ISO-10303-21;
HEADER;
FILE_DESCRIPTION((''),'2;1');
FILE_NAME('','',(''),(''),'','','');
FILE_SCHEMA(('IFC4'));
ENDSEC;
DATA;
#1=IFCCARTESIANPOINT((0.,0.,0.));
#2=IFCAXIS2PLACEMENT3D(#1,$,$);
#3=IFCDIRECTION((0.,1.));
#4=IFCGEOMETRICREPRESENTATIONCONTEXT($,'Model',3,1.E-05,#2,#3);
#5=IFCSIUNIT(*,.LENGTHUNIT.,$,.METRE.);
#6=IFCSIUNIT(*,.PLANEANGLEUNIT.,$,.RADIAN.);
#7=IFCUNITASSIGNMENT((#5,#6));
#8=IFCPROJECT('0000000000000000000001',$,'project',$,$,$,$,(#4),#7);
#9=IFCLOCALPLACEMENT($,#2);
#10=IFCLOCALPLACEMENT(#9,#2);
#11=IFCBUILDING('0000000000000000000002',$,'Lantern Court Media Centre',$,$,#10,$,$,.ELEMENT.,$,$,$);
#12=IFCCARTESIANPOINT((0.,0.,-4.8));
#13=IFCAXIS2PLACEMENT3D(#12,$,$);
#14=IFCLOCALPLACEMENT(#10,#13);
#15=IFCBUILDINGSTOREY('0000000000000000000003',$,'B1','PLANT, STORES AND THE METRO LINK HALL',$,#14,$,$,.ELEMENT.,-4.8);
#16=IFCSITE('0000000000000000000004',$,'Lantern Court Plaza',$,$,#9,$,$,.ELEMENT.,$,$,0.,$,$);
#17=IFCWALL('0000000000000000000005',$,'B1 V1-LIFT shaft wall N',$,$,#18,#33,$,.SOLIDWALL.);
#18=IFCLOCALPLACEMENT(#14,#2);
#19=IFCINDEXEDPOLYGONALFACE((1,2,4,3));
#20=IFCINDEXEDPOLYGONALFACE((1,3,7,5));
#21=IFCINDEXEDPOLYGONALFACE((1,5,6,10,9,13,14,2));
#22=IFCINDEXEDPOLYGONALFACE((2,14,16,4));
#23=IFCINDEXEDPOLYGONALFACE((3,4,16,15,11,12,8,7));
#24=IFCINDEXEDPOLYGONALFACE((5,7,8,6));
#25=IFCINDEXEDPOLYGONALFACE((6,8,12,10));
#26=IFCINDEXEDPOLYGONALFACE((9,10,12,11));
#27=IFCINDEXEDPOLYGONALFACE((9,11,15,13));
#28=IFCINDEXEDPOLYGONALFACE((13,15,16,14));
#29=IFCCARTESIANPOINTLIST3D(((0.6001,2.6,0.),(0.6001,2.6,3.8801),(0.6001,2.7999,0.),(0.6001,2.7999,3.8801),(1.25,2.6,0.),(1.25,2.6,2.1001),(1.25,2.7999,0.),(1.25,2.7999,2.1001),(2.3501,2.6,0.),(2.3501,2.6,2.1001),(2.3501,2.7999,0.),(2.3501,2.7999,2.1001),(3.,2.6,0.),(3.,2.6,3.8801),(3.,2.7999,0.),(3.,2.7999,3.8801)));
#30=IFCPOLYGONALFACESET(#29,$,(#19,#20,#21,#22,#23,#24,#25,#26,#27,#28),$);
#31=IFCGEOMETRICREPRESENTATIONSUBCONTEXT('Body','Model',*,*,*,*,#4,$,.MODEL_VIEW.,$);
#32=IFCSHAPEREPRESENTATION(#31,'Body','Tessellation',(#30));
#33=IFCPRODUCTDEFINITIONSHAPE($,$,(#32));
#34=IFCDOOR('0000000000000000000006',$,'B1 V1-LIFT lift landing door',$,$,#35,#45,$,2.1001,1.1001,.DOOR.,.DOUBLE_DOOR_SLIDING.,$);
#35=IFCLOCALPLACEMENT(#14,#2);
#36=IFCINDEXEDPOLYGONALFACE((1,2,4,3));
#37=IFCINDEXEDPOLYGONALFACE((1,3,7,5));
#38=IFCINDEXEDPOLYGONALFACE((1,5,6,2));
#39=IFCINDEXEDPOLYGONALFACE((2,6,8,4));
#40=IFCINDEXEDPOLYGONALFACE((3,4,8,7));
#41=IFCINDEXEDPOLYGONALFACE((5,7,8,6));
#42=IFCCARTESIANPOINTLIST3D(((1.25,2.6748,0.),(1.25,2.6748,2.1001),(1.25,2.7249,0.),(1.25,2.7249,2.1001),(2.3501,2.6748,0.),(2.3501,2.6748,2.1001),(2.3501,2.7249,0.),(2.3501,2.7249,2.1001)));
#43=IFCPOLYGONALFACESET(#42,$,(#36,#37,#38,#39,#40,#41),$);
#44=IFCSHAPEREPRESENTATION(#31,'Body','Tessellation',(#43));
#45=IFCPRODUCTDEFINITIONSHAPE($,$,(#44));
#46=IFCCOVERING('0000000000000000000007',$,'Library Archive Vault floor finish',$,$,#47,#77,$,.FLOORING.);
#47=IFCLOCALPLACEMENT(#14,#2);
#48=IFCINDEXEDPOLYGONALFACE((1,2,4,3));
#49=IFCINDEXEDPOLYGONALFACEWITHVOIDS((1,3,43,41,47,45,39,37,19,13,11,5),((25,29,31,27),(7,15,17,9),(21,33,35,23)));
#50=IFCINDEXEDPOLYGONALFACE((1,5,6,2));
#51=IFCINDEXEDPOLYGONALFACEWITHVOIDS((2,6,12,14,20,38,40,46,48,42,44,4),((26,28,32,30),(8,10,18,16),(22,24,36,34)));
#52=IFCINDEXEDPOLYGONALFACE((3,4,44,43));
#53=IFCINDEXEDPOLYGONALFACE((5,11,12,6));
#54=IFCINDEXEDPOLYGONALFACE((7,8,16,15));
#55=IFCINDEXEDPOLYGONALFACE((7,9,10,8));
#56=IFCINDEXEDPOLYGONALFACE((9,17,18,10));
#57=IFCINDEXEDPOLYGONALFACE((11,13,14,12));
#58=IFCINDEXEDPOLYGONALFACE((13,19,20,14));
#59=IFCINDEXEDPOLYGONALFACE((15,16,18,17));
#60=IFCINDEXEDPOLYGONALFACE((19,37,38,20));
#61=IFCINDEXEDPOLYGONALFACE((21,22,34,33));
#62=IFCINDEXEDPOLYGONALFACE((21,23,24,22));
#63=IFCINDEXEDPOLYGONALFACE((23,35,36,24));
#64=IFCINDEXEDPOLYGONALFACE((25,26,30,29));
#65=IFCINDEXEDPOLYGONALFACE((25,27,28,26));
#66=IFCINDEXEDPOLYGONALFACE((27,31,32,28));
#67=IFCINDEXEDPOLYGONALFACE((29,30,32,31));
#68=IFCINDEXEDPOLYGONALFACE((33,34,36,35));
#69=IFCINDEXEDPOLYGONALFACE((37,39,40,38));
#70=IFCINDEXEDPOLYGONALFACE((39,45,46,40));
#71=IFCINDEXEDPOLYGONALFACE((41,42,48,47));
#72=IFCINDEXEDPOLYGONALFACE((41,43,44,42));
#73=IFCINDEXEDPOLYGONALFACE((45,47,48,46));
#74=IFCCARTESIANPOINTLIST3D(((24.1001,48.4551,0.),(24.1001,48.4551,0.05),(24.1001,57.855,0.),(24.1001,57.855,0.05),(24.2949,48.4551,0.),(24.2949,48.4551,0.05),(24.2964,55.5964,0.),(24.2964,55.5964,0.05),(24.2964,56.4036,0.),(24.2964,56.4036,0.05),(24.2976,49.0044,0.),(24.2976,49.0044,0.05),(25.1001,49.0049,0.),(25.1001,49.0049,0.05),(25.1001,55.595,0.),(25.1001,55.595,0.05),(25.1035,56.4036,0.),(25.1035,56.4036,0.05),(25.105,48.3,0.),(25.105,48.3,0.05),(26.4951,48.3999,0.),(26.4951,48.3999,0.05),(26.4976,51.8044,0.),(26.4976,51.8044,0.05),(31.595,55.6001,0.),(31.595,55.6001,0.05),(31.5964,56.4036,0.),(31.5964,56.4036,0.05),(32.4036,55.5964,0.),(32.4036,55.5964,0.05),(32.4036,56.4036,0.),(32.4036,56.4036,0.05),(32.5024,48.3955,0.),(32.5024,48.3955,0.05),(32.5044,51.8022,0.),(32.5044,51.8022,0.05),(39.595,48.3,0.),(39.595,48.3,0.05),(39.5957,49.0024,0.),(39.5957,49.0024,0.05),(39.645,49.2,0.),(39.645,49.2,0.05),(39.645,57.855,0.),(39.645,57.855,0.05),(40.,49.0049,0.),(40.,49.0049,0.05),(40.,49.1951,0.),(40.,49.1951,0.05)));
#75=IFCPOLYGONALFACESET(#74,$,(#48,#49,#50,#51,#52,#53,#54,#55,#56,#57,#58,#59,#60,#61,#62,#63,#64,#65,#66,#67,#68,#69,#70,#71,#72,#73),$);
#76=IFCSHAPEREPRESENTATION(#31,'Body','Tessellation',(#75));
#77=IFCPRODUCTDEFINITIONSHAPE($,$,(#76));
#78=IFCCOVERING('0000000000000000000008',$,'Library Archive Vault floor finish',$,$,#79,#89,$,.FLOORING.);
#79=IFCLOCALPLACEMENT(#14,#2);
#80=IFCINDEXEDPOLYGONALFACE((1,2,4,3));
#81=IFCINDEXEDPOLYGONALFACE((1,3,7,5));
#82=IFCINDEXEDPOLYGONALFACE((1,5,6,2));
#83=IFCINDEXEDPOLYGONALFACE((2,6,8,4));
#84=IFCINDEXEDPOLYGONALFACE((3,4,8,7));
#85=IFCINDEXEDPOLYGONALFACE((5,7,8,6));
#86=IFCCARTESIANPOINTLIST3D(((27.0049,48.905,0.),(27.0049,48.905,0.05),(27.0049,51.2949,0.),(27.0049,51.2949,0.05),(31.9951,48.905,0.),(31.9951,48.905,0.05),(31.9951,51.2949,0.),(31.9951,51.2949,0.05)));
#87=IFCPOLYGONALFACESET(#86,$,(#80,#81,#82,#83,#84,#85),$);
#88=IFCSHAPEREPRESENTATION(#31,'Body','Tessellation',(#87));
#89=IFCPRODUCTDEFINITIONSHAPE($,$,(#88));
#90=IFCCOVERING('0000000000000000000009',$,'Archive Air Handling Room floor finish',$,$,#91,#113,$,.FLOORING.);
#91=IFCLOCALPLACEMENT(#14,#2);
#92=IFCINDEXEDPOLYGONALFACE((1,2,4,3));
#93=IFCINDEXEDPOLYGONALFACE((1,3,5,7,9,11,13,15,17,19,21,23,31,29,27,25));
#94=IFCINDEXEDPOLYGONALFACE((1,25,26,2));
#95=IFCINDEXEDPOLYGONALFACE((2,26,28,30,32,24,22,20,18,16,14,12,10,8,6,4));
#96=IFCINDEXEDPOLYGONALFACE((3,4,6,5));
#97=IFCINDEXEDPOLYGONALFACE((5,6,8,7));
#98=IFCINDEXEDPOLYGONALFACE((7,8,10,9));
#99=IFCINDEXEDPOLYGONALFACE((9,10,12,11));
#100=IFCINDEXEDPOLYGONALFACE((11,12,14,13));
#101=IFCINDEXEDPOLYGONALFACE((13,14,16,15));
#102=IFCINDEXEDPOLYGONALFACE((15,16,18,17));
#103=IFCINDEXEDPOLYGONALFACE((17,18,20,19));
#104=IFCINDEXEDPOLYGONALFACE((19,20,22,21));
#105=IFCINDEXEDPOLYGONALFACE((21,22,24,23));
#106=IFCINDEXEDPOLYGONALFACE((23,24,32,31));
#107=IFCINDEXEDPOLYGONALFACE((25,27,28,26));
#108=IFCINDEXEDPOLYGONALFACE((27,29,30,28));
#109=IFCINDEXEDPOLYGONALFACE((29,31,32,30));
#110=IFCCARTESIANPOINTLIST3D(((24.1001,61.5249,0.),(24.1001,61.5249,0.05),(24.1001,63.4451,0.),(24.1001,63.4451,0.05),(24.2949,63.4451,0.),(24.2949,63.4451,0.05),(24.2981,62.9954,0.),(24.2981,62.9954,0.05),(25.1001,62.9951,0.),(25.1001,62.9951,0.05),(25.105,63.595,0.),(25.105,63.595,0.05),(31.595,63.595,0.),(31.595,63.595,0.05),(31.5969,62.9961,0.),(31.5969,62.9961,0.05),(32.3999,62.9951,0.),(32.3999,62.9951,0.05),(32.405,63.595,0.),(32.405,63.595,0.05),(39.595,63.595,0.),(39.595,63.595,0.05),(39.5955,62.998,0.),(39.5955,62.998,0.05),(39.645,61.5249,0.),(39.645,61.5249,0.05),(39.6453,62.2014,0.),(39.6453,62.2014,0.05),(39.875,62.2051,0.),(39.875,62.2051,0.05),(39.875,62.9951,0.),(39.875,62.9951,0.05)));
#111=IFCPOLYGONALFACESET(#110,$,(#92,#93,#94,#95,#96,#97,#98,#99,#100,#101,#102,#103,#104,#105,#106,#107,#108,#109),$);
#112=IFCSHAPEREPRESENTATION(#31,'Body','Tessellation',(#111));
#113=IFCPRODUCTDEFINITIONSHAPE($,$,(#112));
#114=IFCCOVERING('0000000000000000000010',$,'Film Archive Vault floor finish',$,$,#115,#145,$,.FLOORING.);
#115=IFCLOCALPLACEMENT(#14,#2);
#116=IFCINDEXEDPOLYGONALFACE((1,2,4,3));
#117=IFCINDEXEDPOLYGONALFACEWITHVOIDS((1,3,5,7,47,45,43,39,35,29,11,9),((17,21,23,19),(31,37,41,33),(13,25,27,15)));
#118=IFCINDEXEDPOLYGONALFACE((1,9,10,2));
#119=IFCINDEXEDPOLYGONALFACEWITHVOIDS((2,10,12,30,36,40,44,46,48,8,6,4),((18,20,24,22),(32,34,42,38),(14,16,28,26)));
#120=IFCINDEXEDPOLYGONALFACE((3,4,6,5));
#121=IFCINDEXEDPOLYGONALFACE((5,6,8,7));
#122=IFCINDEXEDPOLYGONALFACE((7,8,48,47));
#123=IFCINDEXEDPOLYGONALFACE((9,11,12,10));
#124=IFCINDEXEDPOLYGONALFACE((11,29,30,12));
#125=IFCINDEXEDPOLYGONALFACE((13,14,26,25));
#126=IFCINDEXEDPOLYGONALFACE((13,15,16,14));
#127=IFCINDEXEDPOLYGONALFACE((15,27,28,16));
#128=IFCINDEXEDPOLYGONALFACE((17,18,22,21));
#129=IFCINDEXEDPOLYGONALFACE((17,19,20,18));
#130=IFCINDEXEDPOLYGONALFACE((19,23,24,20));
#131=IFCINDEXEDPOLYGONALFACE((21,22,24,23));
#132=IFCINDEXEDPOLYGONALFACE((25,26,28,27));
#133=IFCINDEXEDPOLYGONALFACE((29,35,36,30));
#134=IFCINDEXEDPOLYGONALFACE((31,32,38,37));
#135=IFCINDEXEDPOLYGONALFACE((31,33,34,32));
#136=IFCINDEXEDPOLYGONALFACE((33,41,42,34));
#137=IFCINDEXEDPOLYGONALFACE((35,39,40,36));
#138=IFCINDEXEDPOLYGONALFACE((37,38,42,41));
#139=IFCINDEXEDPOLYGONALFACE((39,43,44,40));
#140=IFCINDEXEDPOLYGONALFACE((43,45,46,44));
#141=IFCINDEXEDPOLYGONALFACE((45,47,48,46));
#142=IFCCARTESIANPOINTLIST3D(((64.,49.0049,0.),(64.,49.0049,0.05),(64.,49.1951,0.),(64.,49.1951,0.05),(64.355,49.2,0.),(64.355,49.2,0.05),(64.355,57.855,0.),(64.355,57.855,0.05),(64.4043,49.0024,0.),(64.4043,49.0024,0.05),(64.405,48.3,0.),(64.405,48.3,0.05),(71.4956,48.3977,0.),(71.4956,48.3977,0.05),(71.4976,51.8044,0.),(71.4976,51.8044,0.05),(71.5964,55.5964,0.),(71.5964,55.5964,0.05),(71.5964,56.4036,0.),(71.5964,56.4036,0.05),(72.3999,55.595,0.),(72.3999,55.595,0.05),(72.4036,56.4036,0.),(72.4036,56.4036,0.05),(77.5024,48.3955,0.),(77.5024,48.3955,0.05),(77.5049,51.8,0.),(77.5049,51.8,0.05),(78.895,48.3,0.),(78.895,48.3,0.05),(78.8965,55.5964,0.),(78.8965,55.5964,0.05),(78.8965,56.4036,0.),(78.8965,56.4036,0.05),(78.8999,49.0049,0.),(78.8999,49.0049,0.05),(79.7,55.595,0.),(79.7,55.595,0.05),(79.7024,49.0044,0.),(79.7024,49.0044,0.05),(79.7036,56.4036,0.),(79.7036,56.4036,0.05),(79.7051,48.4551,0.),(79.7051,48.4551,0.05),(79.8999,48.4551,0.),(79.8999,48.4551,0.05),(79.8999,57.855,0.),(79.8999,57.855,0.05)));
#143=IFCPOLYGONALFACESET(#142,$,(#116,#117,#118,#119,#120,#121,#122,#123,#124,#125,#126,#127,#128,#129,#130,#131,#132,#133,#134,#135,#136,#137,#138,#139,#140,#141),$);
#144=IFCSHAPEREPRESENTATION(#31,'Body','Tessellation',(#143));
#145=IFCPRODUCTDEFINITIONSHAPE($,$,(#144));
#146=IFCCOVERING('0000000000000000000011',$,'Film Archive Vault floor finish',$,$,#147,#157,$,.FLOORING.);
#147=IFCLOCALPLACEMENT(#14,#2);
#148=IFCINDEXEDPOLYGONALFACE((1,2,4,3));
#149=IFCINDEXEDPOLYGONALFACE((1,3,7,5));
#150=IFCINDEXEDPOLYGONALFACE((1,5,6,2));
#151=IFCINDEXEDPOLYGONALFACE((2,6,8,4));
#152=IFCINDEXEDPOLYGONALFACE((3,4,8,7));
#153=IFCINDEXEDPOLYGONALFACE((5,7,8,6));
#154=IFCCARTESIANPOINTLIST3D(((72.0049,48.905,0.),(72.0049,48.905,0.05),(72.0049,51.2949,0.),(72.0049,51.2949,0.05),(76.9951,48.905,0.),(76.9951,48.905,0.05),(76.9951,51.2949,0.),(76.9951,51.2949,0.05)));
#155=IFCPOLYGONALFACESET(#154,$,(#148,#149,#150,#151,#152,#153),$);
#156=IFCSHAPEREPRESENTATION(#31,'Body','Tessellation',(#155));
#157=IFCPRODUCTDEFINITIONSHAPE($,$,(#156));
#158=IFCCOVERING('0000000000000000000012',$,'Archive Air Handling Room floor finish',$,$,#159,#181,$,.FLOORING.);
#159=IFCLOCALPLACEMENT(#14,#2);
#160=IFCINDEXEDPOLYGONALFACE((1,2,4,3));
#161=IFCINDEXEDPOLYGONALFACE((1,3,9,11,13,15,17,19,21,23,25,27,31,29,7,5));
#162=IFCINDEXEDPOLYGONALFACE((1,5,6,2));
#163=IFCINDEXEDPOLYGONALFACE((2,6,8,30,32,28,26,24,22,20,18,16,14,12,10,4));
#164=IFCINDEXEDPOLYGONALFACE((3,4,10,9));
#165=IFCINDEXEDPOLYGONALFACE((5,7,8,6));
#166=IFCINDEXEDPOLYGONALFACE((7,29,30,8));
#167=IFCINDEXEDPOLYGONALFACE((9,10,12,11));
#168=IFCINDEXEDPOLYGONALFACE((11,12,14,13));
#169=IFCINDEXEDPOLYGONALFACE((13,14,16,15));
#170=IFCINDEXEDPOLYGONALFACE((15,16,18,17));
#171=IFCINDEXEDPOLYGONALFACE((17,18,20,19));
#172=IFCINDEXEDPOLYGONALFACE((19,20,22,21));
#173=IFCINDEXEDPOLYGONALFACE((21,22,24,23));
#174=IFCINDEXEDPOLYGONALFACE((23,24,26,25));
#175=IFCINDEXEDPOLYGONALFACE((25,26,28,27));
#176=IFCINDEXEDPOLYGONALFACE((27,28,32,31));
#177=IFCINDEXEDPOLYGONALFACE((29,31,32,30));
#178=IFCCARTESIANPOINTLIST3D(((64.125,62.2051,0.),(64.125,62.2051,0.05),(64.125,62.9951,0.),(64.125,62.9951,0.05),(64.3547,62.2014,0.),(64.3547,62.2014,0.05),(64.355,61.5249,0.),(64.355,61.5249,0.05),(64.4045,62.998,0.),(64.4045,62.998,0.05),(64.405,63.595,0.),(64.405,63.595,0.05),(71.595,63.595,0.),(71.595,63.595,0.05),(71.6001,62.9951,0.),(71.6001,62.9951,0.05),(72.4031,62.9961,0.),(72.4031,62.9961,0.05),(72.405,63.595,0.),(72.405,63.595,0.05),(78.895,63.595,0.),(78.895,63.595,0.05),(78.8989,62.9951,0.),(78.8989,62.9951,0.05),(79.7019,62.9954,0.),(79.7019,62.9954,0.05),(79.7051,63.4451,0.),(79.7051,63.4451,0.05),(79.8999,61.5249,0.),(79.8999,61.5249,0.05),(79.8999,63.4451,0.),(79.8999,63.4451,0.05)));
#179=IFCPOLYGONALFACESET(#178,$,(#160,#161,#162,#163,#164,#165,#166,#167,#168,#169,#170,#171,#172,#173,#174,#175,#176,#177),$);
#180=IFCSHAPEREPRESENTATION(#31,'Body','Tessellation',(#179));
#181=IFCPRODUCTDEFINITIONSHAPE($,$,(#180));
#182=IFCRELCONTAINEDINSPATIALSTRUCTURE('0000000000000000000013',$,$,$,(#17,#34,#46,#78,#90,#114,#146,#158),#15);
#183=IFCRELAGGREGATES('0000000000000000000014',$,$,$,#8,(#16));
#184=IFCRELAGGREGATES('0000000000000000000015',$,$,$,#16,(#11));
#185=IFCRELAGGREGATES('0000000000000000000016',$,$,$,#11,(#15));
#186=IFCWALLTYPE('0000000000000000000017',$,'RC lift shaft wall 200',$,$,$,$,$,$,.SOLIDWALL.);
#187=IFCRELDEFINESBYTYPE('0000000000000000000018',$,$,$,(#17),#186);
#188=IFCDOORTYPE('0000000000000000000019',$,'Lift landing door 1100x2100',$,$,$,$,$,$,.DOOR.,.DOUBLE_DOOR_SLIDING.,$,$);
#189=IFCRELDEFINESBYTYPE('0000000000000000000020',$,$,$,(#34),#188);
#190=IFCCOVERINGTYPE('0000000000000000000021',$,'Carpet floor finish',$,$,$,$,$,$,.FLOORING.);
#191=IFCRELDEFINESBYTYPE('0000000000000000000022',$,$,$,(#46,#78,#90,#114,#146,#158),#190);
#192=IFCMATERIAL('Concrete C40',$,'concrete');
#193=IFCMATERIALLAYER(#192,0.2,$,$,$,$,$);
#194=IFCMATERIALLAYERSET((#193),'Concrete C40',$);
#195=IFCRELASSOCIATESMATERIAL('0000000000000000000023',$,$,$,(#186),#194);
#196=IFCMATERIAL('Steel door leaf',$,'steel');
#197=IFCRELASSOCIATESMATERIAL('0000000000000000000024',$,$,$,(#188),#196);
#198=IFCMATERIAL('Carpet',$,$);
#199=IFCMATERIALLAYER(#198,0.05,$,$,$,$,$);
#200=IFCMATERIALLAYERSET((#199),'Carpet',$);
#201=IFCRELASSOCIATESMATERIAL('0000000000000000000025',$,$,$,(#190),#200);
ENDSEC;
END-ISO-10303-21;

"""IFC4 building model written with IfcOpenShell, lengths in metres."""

from ifc_helpers import new_model, si_unit, direction, frame, frame_2d, origin, place, context, subcontext, project, spatial, polyline, rectangle, outline, extrude, material, layer, layer_set, type_object, element, fill, save


model = new_model("IFC4")

# Units and contexts
model_context = context("Model", 3, precision=1e-05, world=origin(), true_north=direction((0.0, 1.0)))
body_context = subcontext(model_context, "Body", "Model", "MODEL_VIEW")
ifc_project = project(units=[si_unit("LENGTHUNIT", "METRE"), si_unit("PLANEANGLEUNIT", "RADIAN")], contexts=[model_context])

# Site, building, storey
site_placement = place(None, origin())
site = spatial("IfcSite", under=ifc_project, at=site_placement, Name="Lantern Court Plaza", CompositionType="ELEMENT", RefElevation=0.0)
building_placement = place(site_placement, origin())
building = spatial("IfcBuilding", under=site, at=building_placement, Name="Lantern Court Media Centre", CompositionType="ELEMENT")
storey_placement = place(building_placement, frame((0.0, 0.0, -4.8)))
storey = spatial("IfcBuildingStorey", under=building, at=storey_placement, Name="B1", Description="PLANT, STORES AND THE METRO LINK HALL", CompositionType="ELEMENT", Elevation=-4.8)

# Shared definitions
ifc_material_1 = material(Name="Concrete C40", Category="concrete")
ifc_layer_1 = layer(ifc_material_1, 0.2)
ifc_layer_set_1 = layer_set([ifc_layer_1], Name="Concrete C40")
wall_type_1 = type_object("IfcWallType", Name="RC lift shaft wall 200", PredefinedType="SOLIDWALL", material=ifc_layer_set_1)

# Wall, opening, door
wall_1_placement = place(storey_placement, frame((0.6001, 2.7, 0.0), z_axis=(0.0, 0.0, 1.0), x_axis=(1.0, 0.0, 0.0)))
wall_1 = element("IfcWall", 1, at=wall_1_placement, inside=storey, type_object=wall_type_1, Name="B1 V1-LIFT shaft wall N", PredefinedType="SOLIDWALL", context=body_context, shape_type="SweptSolid", body=[
    extrude(rectangle(XDim=2.3999, YDim=0.2, at=frame_2d((1.2, 0.0))), origin(), (0.0, 0.0, 1.0), 3.8801),
])
opening_placement = place(wall_1_placement, frame((0.6499, 0.0, 0.0)))
opening = element("IfcOpeningElement", 2, at=opening_placement, cuts=wall_1, PredefinedType="OPENING", context=body_context, shape_type="SweptSolid", body=[
    extrude(rectangle(XDim=1.1001, YDim=2.1001, at=frame_2d((0.55, 1.05))), frame((0.0, 0.1099, 0.0), z_axis=(0.0, -1.0, 0.0), x_axis=(1.0, 0.0, 0.0)), (0.0, 0.0, 1.0), 0.22),
])
ifc_material_2 = material(Name="Steel door leaf", Category="steel")
door_type = type_object("IfcDoorType", Name="Lift landing door 1100x2100", OperationType="DOUBLE_DOOR_SLIDING", PredefinedType="DOOR", material=ifc_material_2)
door_placement = place(opening_placement, origin())
door = element("IfcDoor", 3, at=door_placement, inside=storey, type_object=door_type, Name="B1 V1-LIFT lift landing door", OperationType="DOUBLE_DOOR_SLIDING", OverallHeight=2.1001, OverallWidth=1.1001, PredefinedType="DOOR", context=body_context, shape_type="SweptSolid", body=[
    extrude(rectangle(XDim=1.1001, YDim=2.1001, at=frame_2d((0.55, 1.05))), frame((0.0, 0.0249, 0.0), z_axis=(0.0, -1.0, 0.0), x_axis=(1.0, 0.0, 0.0)), (0.0, 0.0, 1.0), 0.05),
])
fill(opening, door)

# Coverings
ifc_material_3 = material(Name="Carpet")
ifc_layer_2 = layer(ifc_material_3, 0.05)
ifc_layer_set_2 = layer_set([ifc_layer_2], Name="Carpet")
covering_type_1 = type_object("IfcCoveringType", Name="Carpet floor finish", PredefinedType="FLOORING", material=ifc_layer_set_2)
covering_1_placement = place(storey_placement, origin())
element("IfcCovering", 4, at=covering_1_placement, inside=storey, type_object=covering_type_1, Name="Library Archive Vault floor finish", PredefinedType="FLOORING", context=body_context, shape_type="SweptSolid", body=[
    extrude(outline(polyline([(40.0, 49.0049), (39.5957, 49.0024), (39.595, 48.3), (25.105, 48.3), (25.1001, 49.0049), (24.2976, 49.0044), (24.2949, 48.4551), (24.1001, 48.4551), (24.1001, 57.855), (39.645, 57.855), (39.645, 49.2), (40.0, 49.1951), (40.0, 49.0049)]), holes=[polyline([(26.4951, 48.3999), (32.5024, 48.3955), (32.5044, 51.8022), (26.4976, 51.8044), (26.4951, 48.3999)]), polyline([(31.595, 55.6001), (32.4036, 55.5964), (32.4036, 56.4036), (31.5964, 56.4036), (31.595, 55.6001)]), polyline([(25.1001, 55.595), (25.1035, 56.4036), (24.2964, 56.4036), (24.2964, 55.5964), (25.1001, 55.595)])]), origin(), (0.0, 0.0, 1.0), 0.05),
])
covering_2_placement = place(storey_placement, origin())
element("IfcCovering", 5, at=covering_2_placement, inside=storey, type_object=covering_type_1, Name="Library Archive Vault floor finish", PredefinedType="FLOORING", context=body_context, shape_type="SweptSolid", body=[
    extrude(outline(polyline([(31.9951, 48.905), (27.0049, 48.905), (27.0049, 51.2949), (31.9951, 51.2949), (31.9951, 48.905)])), origin(), (0.0, 0.0, 1.0), 0.05),
])
covering_3_placement = place(storey_placement, origin())
element("IfcCovering", 6, at=covering_3_placement, inside=storey, type_object=covering_type_1, Name="Archive Air Handling Room floor finish", PredefinedType="FLOORING", context=body_context, shape_type="SweptSolid", body=[
    extrude(outline(polyline([(24.1001, 63.4451), (24.2949, 63.4451), (24.2981, 62.9954), (25.1001, 62.9951), (25.105, 63.595), (31.595, 63.595), (31.5969, 62.9961), (32.3999, 62.9951), (32.405, 63.595), (39.595, 63.595), (39.5955, 62.998), (39.875, 62.9951), (39.875, 62.2051), (39.6453, 62.2014), (39.645, 61.5249), (24.1001, 61.5249), (24.1001, 63.4451)])), origin(), (0.0, 0.0, 1.0), 0.05),
])
covering_4_placement = place(storey_placement, origin())
element("IfcCovering", 7, at=covering_4_placement, inside=storey, type_object=covering_type_1, Name="Film Archive Vault floor finish", PredefinedType="FLOORING", context=body_context, shape_type="SweptSolid", body=[
    extrude(outline(polyline([(79.8999, 48.4551), (79.7051, 48.4551), (79.7024, 49.0044), (78.8999, 49.0049), (78.895, 48.3), (64.405, 48.3), (64.4043, 49.0024), (64.0, 49.0049), (64.0, 49.1951), (64.355, 49.2), (64.355, 57.855), (79.8999, 57.855), (79.8999, 48.4551)]), holes=[polyline([(79.7, 55.595), (79.7036, 56.4036), (78.8965, 56.4036), (78.8965, 55.5964), (79.7, 55.595)]), polyline([(77.5049, 51.8), (71.4976, 51.8044), (71.4956, 48.3977), (77.5024, 48.3955), (77.5049, 51.8)]), polyline([(72.3999, 55.595), (72.4036, 56.4036), (71.5964, 56.4036), (71.5964, 55.5964), (72.3999, 55.595)])]), origin(), (0.0, 0.0, 1.0), 0.05),
])
covering_5_placement = place(storey_placement, origin())
element("IfcCovering", 8, at=covering_5_placement, inside=storey, type_object=covering_type_1, Name="Film Archive Vault floor finish", PredefinedType="FLOORING", context=body_context, shape_type="SweptSolid", body=[
    extrude(outline(polyline([(76.9951, 51.2949), (76.9951, 48.905), (72.0049, 48.905), (72.0049, 51.2949), (76.9951, 51.2949)])), origin(), (0.0, 0.0, 1.0), 0.05),
])
covering_6_placement = place(storey_placement, origin())
element("IfcCovering", 9, at=covering_6_placement, inside=storey, type_object=covering_type_1, Name="Archive Air Handling Room floor finish", PredefinedType="FLOORING", context=body_context, shape_type="SweptSolid", body=[
    extrude(outline(polyline([(79.8999, 61.5249), (64.355, 61.5249), (64.3547, 62.2014), (64.125, 62.2051), (64.125, 62.9951), (64.4045, 62.998), (64.405, 63.595), (71.595, 63.595), (71.6001, 62.9951), (72.4031, 62.9961), (72.405, 63.595), (78.895, 63.595), (78.8989, 62.9951), (79.7019, 62.9954), (79.7051, 63.4451), (79.8999, 63.4451), (79.8999, 61.5249)])), origin(), (0.0, 0.0, 1.0), 0.05),
])

save(model, "model.ifc")
